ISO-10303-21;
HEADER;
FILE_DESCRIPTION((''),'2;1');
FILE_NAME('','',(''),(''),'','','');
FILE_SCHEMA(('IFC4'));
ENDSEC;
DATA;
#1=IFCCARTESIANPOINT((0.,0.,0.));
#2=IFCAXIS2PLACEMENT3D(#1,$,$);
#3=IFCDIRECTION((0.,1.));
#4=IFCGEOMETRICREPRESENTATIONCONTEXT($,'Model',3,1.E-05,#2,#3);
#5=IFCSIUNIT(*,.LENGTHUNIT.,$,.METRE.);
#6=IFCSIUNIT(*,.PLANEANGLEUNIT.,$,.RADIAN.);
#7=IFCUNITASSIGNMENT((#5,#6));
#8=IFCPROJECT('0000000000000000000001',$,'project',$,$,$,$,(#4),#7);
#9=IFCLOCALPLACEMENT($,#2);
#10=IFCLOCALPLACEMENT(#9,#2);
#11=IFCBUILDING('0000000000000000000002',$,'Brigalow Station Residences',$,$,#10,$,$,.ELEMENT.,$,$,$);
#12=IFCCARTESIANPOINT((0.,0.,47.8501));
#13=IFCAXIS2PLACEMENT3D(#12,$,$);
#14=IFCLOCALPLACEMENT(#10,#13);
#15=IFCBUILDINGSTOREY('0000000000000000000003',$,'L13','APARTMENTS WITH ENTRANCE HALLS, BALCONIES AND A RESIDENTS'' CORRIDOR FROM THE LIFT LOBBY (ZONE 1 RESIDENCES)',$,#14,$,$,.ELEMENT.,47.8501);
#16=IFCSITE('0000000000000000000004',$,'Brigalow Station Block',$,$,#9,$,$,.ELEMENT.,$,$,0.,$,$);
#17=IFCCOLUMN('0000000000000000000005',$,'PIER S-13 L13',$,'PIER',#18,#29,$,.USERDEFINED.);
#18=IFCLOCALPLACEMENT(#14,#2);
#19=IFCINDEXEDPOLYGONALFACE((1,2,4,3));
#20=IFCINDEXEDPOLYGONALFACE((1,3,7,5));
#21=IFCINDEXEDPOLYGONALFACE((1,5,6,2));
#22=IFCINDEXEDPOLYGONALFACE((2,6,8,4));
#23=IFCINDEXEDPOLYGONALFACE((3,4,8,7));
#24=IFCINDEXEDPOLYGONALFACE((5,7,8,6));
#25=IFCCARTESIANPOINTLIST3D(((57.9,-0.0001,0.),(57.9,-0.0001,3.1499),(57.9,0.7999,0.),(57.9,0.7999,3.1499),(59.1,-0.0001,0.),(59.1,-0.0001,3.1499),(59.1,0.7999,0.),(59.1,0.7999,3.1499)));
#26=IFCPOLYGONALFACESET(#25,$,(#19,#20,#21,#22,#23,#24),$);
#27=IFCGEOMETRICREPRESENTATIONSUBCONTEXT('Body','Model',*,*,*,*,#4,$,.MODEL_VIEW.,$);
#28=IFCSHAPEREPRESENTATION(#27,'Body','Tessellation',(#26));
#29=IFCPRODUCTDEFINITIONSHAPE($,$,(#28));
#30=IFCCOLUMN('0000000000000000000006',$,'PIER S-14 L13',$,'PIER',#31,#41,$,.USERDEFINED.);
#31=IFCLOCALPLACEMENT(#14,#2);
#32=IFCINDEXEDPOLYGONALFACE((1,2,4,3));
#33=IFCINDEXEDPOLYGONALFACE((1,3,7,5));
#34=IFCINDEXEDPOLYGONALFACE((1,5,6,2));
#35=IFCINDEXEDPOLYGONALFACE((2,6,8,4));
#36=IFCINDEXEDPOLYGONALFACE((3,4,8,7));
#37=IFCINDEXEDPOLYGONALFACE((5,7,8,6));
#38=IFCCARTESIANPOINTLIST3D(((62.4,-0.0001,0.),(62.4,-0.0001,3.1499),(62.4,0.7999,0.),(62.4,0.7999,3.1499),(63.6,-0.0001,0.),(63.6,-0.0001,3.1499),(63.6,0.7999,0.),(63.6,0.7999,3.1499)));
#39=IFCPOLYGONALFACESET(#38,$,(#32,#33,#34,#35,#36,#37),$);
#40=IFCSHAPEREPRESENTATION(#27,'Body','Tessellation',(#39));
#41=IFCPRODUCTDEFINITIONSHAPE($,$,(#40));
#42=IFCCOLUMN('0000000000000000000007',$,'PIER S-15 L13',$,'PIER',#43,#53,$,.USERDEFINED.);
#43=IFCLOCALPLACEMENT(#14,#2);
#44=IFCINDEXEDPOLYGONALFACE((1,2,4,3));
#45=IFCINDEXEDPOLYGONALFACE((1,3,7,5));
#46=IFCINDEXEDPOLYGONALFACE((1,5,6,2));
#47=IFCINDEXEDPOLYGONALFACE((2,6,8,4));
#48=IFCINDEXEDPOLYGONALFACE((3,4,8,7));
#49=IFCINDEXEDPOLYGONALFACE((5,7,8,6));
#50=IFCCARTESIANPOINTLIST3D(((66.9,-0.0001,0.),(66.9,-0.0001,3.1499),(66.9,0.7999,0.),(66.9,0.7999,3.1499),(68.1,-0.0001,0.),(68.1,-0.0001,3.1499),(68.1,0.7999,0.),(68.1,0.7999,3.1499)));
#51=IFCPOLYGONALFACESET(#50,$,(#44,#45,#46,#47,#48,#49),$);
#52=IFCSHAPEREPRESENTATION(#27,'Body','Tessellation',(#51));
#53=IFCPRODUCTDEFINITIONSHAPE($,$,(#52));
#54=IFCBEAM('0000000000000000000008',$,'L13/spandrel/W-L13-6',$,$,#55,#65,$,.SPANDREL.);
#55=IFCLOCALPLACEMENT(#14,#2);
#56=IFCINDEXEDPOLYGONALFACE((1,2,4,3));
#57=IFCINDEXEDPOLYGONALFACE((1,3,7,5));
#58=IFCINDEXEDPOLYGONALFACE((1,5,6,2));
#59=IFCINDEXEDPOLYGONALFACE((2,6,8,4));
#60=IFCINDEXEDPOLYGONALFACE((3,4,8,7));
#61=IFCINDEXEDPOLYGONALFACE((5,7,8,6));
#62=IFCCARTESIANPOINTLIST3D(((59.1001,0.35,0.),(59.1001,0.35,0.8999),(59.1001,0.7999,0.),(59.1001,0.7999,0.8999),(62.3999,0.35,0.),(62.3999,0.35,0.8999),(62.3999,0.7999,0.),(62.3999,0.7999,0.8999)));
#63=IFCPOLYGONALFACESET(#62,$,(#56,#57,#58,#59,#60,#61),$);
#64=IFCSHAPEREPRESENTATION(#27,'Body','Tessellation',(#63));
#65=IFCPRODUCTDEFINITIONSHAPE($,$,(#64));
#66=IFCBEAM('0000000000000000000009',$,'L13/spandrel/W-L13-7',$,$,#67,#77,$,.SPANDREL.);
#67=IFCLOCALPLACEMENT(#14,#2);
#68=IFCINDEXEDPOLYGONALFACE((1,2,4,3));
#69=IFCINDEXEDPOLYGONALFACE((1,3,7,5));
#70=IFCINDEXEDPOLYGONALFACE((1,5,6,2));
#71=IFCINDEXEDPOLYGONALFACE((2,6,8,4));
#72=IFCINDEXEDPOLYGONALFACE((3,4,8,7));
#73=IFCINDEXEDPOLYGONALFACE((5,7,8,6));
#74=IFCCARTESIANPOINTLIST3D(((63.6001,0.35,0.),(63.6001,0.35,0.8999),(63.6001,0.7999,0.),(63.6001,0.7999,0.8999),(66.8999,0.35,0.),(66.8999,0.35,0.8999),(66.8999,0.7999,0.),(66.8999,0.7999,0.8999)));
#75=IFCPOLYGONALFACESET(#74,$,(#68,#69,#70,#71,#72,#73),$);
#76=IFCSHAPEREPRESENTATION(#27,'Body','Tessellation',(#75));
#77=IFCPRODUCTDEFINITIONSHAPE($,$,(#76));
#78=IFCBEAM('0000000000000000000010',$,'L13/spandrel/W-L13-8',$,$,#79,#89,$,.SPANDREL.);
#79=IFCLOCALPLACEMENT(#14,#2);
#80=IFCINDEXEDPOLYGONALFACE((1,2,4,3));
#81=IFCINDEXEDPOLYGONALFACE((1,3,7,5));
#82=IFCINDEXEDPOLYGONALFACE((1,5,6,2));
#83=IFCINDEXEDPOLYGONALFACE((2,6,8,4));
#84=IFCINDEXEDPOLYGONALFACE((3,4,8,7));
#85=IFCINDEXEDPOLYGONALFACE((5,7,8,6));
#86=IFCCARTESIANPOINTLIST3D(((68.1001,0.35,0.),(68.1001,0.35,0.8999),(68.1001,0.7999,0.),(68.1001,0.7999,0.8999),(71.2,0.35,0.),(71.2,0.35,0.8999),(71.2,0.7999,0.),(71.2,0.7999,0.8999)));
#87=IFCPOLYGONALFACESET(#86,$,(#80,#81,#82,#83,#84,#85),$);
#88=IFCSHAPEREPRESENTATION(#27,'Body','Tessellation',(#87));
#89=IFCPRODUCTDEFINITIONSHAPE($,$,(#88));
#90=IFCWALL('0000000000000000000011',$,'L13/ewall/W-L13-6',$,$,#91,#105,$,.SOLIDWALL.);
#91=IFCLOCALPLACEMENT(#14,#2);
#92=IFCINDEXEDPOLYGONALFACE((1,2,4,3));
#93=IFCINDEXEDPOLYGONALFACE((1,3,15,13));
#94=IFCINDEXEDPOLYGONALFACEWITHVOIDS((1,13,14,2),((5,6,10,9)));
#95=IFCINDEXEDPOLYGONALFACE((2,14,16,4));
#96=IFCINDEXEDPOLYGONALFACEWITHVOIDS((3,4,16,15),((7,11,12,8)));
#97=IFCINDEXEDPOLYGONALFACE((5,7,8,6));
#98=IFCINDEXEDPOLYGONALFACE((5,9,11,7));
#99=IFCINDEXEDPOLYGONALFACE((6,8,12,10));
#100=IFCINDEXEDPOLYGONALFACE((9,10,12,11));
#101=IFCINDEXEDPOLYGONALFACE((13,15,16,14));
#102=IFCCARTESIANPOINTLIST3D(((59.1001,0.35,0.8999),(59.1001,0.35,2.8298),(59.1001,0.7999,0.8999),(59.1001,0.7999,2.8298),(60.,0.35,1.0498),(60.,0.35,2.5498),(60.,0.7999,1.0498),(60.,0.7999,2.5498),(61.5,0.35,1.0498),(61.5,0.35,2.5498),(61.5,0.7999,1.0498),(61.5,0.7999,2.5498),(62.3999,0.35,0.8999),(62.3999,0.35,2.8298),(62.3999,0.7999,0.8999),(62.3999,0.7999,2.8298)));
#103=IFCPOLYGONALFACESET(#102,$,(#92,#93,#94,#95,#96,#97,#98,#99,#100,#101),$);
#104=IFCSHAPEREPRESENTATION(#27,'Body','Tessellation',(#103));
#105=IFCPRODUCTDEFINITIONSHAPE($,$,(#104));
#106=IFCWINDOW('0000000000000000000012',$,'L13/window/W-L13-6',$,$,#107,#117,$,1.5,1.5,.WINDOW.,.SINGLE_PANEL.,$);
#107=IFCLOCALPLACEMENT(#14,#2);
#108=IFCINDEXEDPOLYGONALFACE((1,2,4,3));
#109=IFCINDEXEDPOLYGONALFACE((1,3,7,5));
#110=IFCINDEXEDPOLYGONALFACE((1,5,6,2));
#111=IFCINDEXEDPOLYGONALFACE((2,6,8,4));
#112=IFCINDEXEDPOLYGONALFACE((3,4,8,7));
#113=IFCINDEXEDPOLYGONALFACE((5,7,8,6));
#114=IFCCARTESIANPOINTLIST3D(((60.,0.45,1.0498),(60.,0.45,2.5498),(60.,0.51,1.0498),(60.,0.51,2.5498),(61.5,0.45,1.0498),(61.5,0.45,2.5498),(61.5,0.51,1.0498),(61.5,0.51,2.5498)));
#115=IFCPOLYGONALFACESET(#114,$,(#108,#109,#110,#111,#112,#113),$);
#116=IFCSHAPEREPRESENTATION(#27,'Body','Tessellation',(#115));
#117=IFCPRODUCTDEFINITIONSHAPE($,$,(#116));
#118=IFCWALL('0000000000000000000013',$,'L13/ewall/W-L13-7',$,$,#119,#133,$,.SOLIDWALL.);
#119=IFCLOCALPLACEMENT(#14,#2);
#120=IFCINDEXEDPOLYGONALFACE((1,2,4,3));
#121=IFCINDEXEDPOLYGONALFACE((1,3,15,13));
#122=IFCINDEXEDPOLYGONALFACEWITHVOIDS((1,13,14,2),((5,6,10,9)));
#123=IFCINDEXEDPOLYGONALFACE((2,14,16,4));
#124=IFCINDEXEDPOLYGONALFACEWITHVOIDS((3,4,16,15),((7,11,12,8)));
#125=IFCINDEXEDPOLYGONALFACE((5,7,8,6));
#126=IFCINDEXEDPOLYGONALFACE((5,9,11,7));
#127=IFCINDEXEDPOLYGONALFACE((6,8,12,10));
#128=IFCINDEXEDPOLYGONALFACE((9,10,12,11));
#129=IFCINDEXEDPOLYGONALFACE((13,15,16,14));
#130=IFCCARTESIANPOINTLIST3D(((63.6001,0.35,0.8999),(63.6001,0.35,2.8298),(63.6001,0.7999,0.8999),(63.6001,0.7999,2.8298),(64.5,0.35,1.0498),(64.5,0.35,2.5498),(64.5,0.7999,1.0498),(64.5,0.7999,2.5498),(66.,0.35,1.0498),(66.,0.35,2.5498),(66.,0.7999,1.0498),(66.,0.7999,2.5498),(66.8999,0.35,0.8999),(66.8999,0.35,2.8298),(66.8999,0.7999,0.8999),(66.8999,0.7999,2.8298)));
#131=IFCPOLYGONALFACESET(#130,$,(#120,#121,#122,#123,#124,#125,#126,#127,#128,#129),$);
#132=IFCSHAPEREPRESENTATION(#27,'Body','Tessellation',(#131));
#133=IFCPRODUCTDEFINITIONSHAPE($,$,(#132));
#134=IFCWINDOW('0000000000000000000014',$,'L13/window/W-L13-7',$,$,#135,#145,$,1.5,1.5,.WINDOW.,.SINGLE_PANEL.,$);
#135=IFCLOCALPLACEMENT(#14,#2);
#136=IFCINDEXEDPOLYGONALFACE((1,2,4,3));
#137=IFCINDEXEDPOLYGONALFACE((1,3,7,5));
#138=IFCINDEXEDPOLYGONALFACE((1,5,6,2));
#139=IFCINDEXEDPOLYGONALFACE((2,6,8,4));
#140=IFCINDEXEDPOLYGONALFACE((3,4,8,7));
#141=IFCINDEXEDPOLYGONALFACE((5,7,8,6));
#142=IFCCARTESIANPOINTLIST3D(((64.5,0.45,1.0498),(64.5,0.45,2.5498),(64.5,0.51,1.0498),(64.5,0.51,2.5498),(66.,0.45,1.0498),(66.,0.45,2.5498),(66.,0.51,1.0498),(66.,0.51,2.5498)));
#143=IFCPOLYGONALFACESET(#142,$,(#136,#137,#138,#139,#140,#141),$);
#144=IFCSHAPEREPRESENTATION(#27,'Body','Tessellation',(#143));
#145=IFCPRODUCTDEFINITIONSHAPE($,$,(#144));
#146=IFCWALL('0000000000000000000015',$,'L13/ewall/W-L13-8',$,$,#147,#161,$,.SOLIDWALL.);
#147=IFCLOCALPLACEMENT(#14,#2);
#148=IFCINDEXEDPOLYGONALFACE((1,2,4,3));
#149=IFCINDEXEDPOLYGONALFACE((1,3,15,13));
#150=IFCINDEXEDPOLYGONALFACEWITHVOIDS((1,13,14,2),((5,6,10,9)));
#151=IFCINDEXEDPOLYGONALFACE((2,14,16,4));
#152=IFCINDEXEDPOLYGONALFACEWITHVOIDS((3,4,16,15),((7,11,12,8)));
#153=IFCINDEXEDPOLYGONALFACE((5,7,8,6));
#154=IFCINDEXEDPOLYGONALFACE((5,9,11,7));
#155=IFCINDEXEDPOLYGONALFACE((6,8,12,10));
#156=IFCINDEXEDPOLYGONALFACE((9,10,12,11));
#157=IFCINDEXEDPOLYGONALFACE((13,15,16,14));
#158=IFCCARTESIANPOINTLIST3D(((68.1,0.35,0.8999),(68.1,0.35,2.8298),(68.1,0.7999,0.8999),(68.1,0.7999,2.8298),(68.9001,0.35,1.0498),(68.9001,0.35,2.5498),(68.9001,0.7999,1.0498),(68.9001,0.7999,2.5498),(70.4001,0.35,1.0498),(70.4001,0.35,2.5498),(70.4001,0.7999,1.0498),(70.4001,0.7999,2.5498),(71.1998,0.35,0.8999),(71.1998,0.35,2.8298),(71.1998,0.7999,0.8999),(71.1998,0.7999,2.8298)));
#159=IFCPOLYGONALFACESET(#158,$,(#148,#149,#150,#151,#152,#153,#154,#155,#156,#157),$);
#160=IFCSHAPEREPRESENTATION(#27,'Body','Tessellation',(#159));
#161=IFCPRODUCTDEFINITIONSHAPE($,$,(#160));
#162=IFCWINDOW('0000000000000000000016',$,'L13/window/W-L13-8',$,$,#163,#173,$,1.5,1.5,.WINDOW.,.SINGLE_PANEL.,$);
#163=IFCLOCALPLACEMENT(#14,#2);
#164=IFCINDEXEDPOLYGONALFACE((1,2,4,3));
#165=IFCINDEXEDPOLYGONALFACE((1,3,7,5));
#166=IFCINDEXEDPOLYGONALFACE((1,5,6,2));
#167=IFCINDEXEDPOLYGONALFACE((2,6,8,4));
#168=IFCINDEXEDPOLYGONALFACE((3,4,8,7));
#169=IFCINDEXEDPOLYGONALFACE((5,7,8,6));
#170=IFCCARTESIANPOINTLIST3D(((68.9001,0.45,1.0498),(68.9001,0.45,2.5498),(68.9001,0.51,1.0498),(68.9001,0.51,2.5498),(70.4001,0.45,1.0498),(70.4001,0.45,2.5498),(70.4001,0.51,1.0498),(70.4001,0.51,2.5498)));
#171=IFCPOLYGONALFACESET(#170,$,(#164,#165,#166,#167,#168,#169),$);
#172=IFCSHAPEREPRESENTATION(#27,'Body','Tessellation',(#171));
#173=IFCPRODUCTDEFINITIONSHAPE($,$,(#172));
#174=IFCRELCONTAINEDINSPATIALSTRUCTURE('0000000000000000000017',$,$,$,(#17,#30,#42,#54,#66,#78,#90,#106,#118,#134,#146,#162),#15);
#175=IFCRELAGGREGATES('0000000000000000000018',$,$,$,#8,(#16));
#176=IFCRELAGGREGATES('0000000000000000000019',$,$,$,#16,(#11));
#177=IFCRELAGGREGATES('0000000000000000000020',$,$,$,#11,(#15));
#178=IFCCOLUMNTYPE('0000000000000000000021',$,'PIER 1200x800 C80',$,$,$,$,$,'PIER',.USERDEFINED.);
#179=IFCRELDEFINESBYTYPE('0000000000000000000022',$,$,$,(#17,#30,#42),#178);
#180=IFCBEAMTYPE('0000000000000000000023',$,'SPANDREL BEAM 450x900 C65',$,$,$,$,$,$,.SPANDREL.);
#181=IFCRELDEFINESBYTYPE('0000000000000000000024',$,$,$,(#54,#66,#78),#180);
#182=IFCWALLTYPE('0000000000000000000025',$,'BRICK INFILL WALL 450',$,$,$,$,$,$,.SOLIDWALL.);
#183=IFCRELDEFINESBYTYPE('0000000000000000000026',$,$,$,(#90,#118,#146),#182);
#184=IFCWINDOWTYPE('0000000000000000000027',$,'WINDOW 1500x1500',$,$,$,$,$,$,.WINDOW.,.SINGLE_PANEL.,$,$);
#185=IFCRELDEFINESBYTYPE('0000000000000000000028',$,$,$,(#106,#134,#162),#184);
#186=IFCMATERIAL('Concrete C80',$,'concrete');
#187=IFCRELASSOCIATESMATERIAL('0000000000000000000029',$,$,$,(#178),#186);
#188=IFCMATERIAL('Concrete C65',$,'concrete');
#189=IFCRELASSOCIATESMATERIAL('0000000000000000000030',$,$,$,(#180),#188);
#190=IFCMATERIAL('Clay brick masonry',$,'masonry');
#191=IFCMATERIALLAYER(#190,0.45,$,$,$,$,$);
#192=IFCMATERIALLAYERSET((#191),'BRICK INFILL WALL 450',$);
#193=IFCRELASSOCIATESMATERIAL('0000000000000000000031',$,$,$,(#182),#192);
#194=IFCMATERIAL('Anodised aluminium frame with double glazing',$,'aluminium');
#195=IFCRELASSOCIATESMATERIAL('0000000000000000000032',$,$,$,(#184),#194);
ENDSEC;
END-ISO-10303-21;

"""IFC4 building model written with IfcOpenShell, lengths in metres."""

from ifc_helpers import new_model, si_unit, direction, frame, frame_2d, origin, origin_2d, place, context, subcontext, project, spatial, rectangle, extrude, material, layer, layer_set, material_profile, profile_set, type_object, element, fill, save


model = new_model("IFC4")

# Units and contexts
model_context = context("Model", 3, precision=1e-05, world=origin(), true_north=direction((0.0, 1.0)))
body_context = subcontext(model_context, "Body", "Model", "MODEL_VIEW")
ifc_project = project(units=[si_unit("LENGTHUNIT", "METRE"), si_unit("PLANEANGLEUNIT", "RADIAN")], contexts=[model_context])

# Site, building, storey
site_placement = place(None, origin())
site = spatial("IfcSite", under=ifc_project, at=site_placement, Name="Brigalow Station Block", CompositionType="ELEMENT", RefElevation=0.0)
building_placement = place(site_placement, origin())
building = spatial("IfcBuilding", under=site, at=building_placement, Name="Brigalow Station Residences", CompositionType="ELEMENT")
storey_placement = place(building_placement, frame((0.0, 0.0, 47.8501)))
storey = spatial("IfcBuildingStorey", under=building, at=storey_placement, Name="L13", Description="APARTMENTS WITH ENTRANCE HALLS, BALCONIES AND A RESIDENTS' CORRIDOR FROM THE LIFT LOBBY (ZONE 1 RESIDENCES)", CompositionType="ELEMENT", Elevation=47.8501)

# Columns
ifc_material_1 = material(Name="Concrete C80", Category="concrete")
ifc_material_profile_1 = material_profile(ifc_material_1, rectangle(XDim=1.2, YDim=0.8, at=origin_2d()), Name="RC1200x800")
ifc_profile_set_1 = profile_set([ifc_material_profile_1], Name="Concrete C80")
column_type = type_object("IfcColumnType", Name="PIER 1200x800 C80", ElementType="PIER", PredefinedType="USERDEFINED", material=ifc_profile_set_1)
for number, where, z_axis, x_axis, name in (
    (1, (58.5, 0.3999, 0.0), (0.0, 0.0, 1.0), (1.0, 0.0, 0.0), "PIER S-13 L13"),
    (2, (63.0, 0.3999, 0.0), (0.0, 0.0, 1.0), (1.0, 0.0, 0.0), "PIER S-14 L13"),
    (3, (67.5, 0.3999, 0.0), (0.0, 0.0, 1.0), (1.0, 0.0, 0.0), "PIER S-15 L13"),
):
    element("IfcColumn", number, at=place(storey_placement, frame(where, z_axis=z_axis, x_axis=x_axis)), inside=storey, type_object=column_type, Name=name, ObjectType="PIER", PredefinedType="USERDEFINED", context=body_context, shape_type="SweptSolid", body=[
        extrude(rectangle(XDim=1.2, YDim=0.8, at=origin_2d()), origin(), (0.0, 0.0, 1.0), 3.1499),
    ])

# Beams
ifc_material_2 = material(Name="Concrete C65", Category="concrete")
ifc_material_profile_2 = material_profile(ifc_material_2, rectangle(XDim=0.45, YDim=0.8999, at=origin_2d()), Name="RC450x900")
ifc_profile_set_2 = profile_set([ifc_material_profile_2], Name="Concrete C65")
beam_type = type_object("IfcBeamType", Name="SPANDREL BEAM 450x900 C65", PredefinedType="SPANDREL", material=ifc_profile_set_2)
for number, where, z_axis, x_axis, name in (
    (4, (59.1001, 0.575, 0.45), (1.0, 0.0, 0.0), (0.0, 1.0, 0.0), "L13/spandrel/W-L13-6"),
    (5, (63.6001, 0.575, 0.45), (1.0, 0.0, 0.0), (0.0, 1.0, 0.0), "L13/spandrel/W-L13-7"),
):
    element("IfcBeam", number, at=place(storey_placement, frame(where, z_axis=z_axis, x_axis=x_axis)), inside=storey, type_object=beam_type, Name=name, PredefinedType="SPANDREL", context=body_context, shape_type="SweptSolid", body=[
        extrude(rectangle(XDim=0.45, YDim=0.8999, at=origin_2d()), origin(), (0.0, 0.0, 1.0), 3.2998),
    ])
beam_placement = place(storey_placement, frame((68.1001, 0.575, 0.45), z_axis=(1.0, 0.0, 0.0), x_axis=(0.0, 1.0, 0.0)))
element("IfcBeam", 6, at=beam_placement, inside=storey, type_object=beam_type, Name="L13/spandrel/W-L13-8", PredefinedType="SPANDREL", context=body_context, shape_type="SweptSolid", body=[
    extrude(rectangle(XDim=0.45, YDim=0.8999, at=origin_2d()), origin(), (0.0, 0.0, 1.0), 3.0999),
])

# Walls, openings, windows
ifc_material_3 = material(Name="Clay brick masonry", Category="masonry")
ifc_layer_1 = layer(ifc_material_3, 0.45)
ifc_layer_set_1 = layer_set([ifc_layer_1], Name="BRICK INFILL WALL 450")
wall_type_1 = type_object("IfcWallType", Name="BRICK INFILL WALL 450", PredefinedType="SOLIDWALL", material=ifc_layer_set_1)
wall_1_placement = place(storey_placement, frame((59.1001, 0.575, 0.8999), z_axis=(0.0, 0.0, 1.0), x_axis=(1.0, 0.0, 0.0)))
wall_1 = element("IfcWall", 7, at=wall_1_placement, inside=storey, type_object=wall_type_1, Name="L13/ewall/W-L13-6", PredefinedType="SOLIDWALL", context=body_context, shape_type="SweptSolid", body=[
    extrude(rectangle(XDim=3.2998, YDim=0.45, at=frame_2d((1.6499, 0.0))), origin(), (0.0, 0.0, 1.0), 1.9299),
])
opening_1_placement = place(wall_1_placement, frame((0.8999, 0.0, 0.1499)))
opening_1 = element("IfcOpeningElement", 8, at=opening_1_placement, cuts=wall_1, PredefinedType="OPENING", context=body_context, shape_type="SweptSolid", body=[
    extrude(rectangle(XDim=1.5, YDim=1.5, at=frame_2d((0.75, 0.75))), frame((0.0, 0.2349, 0.0), z_axis=(0.0, -1.0, 0.0), x_axis=(1.0, 0.0, 0.0)), (0.0, 0.0, 1.0), 0.47),
])
ifc_material_4 = material(Name="Anodised aluminium frame with double glazing", Category="aluminium")
window_type = type_object("IfcWindowType", Name="WINDOW 1500x1500", PartitioningType="SINGLE_PANEL", PredefinedType="WINDOW", material=ifc_material_4)
window_1_placement = place(opening_1_placement, origin())
window_1 = element("IfcWindow", 9, at=window_1_placement, inside=storey, type_object=window_type, Name="L13/window/W-L13-6", OverallHeight=1.5, OverallWidth=1.5, PartitioningType="SINGLE_PANEL", PredefinedType="WINDOW", context=body_context, shape_type="SweptSolid", body=[
    extrude(rectangle(XDim=1.5, YDim=1.5, at=frame_2d((0.75, 0.75))), frame((0.0, -0.0649, 0.0), z_axis=(0.0, -1.0, 0.0), x_axis=(1.0, 0.0, 0.0)), (0.0, 0.0, 1.0), 0.0601),
])
fill(opening_1, window_1)
wall_2_placement = place(storey_placement, frame((63.6001, 0.575, 0.8999), z_axis=(0.0, 0.0, 1.0), x_axis=(1.0, 0.0, 0.0)))
wall_2 = element("IfcWall", 10, at=wall_2_placement, inside=storey, type_object=wall_type_1, Name="L13/ewall/W-L13-7", PredefinedType="SOLIDWALL", context=body_context, shape_type="SweptSolid", body=[
    extrude(rectangle(XDim=3.2998, YDim=0.45, at=frame_2d((1.6499, 0.0))), origin(), (0.0, 0.0, 1.0), 1.9299),
])
opening_2_placement = place(wall_2_placement, frame((0.8999, 0.0, 0.1499)))
opening_2 = element("IfcOpeningElement", 11, at=opening_2_placement, cuts=wall_2, PredefinedType="OPENING", context=body_context, shape_type="SweptSolid", body=[
    extrude(rectangle(XDim=1.5, YDim=1.5, at=frame_2d((0.75, 0.75))), frame((0.0, 0.2349, 0.0), z_axis=(0.0, -1.0, 0.0), x_axis=(1.0, 0.0, 0.0)), (0.0, 0.0, 1.0), 0.47),
])
window_2_placement = place(opening_2_placement, origin())
window_2 = element("IfcWindow", 12, at=window_2_placement, inside=storey, type_object=window_type, Name="L13/window/W-L13-7", OverallHeight=1.5, OverallWidth=1.5, PartitioningType="SINGLE_PANEL", PredefinedType="WINDOW", context=body_context, shape_type="SweptSolid", body=[
    extrude(rectangle(XDim=1.5, YDim=1.5, at=frame_2d((0.75, 0.75))), frame((0.0, -0.0649, 0.0), z_axis=(0.0, -1.0, 0.0), x_axis=(1.0, 0.0, 0.0)), (0.0, 0.0, 1.0), 0.0601),
])
fill(opening_2, window_2)
wall_3_placement = place(storey_placement, frame((68.1001, 0.575, 0.8999), z_axis=(0.0, 0.0, 1.0), x_axis=(1.0, 0.0, 0.0)))
wall_3 = element("IfcWall", 13, at=wall_3_placement, inside=storey, type_object=wall_type_1, Name="L13/ewall/W-L13-8", PredefinedType="SOLIDWALL", context=body_context, shape_type="SweptSolid", body=[
    extrude(rectangle(XDim=3.0999, YDim=0.45, at=frame_2d((1.5498, 0.0))), origin(), (0.0, 0.0, 1.0), 1.9299),
])
opening_3_placement = place(wall_3_placement, frame((0.8, 0.0, 0.1499)))
opening_3 = element("IfcOpeningElement", 14, at=opening_3_placement, cuts=wall_3, PredefinedType="OPENING", context=body_context, shape_type="SweptSolid", body=[
    extrude(rectangle(XDim=1.5, YDim=1.5, at=frame_2d((0.75, 0.75))), frame((0.0, 0.2349, 0.0), z_axis=(0.0, -1.0, 0.0), x_axis=(1.0, 0.0, 0.0)), (0.0, 0.0, 1.0), 0.47),
])
window_3_placement = place(opening_3_placement, origin())
window_3 = element("IfcWindow", 15, at=window_3_placement, inside=storey, type_object=window_type, Name="L13/window/W-L13-8", OverallHeight=1.5, OverallWidth=1.5, PartitioningType="SINGLE_PANEL", PredefinedType="WINDOW", context=body_context, shape_type="SweptSolid", body=[
    extrude(rectangle(XDim=1.5, YDim=1.5, at=frame_2d((0.75, 0.75))), frame((0.0, -0.0649, 0.0), z_axis=(0.0, -1.0, 0.0), x_axis=(1.0, 0.0, 0.0)), (0.0, 0.0, 1.0), 0.0601),
])
fill(opening_3, window_3)

save(model, "model.ifc")
